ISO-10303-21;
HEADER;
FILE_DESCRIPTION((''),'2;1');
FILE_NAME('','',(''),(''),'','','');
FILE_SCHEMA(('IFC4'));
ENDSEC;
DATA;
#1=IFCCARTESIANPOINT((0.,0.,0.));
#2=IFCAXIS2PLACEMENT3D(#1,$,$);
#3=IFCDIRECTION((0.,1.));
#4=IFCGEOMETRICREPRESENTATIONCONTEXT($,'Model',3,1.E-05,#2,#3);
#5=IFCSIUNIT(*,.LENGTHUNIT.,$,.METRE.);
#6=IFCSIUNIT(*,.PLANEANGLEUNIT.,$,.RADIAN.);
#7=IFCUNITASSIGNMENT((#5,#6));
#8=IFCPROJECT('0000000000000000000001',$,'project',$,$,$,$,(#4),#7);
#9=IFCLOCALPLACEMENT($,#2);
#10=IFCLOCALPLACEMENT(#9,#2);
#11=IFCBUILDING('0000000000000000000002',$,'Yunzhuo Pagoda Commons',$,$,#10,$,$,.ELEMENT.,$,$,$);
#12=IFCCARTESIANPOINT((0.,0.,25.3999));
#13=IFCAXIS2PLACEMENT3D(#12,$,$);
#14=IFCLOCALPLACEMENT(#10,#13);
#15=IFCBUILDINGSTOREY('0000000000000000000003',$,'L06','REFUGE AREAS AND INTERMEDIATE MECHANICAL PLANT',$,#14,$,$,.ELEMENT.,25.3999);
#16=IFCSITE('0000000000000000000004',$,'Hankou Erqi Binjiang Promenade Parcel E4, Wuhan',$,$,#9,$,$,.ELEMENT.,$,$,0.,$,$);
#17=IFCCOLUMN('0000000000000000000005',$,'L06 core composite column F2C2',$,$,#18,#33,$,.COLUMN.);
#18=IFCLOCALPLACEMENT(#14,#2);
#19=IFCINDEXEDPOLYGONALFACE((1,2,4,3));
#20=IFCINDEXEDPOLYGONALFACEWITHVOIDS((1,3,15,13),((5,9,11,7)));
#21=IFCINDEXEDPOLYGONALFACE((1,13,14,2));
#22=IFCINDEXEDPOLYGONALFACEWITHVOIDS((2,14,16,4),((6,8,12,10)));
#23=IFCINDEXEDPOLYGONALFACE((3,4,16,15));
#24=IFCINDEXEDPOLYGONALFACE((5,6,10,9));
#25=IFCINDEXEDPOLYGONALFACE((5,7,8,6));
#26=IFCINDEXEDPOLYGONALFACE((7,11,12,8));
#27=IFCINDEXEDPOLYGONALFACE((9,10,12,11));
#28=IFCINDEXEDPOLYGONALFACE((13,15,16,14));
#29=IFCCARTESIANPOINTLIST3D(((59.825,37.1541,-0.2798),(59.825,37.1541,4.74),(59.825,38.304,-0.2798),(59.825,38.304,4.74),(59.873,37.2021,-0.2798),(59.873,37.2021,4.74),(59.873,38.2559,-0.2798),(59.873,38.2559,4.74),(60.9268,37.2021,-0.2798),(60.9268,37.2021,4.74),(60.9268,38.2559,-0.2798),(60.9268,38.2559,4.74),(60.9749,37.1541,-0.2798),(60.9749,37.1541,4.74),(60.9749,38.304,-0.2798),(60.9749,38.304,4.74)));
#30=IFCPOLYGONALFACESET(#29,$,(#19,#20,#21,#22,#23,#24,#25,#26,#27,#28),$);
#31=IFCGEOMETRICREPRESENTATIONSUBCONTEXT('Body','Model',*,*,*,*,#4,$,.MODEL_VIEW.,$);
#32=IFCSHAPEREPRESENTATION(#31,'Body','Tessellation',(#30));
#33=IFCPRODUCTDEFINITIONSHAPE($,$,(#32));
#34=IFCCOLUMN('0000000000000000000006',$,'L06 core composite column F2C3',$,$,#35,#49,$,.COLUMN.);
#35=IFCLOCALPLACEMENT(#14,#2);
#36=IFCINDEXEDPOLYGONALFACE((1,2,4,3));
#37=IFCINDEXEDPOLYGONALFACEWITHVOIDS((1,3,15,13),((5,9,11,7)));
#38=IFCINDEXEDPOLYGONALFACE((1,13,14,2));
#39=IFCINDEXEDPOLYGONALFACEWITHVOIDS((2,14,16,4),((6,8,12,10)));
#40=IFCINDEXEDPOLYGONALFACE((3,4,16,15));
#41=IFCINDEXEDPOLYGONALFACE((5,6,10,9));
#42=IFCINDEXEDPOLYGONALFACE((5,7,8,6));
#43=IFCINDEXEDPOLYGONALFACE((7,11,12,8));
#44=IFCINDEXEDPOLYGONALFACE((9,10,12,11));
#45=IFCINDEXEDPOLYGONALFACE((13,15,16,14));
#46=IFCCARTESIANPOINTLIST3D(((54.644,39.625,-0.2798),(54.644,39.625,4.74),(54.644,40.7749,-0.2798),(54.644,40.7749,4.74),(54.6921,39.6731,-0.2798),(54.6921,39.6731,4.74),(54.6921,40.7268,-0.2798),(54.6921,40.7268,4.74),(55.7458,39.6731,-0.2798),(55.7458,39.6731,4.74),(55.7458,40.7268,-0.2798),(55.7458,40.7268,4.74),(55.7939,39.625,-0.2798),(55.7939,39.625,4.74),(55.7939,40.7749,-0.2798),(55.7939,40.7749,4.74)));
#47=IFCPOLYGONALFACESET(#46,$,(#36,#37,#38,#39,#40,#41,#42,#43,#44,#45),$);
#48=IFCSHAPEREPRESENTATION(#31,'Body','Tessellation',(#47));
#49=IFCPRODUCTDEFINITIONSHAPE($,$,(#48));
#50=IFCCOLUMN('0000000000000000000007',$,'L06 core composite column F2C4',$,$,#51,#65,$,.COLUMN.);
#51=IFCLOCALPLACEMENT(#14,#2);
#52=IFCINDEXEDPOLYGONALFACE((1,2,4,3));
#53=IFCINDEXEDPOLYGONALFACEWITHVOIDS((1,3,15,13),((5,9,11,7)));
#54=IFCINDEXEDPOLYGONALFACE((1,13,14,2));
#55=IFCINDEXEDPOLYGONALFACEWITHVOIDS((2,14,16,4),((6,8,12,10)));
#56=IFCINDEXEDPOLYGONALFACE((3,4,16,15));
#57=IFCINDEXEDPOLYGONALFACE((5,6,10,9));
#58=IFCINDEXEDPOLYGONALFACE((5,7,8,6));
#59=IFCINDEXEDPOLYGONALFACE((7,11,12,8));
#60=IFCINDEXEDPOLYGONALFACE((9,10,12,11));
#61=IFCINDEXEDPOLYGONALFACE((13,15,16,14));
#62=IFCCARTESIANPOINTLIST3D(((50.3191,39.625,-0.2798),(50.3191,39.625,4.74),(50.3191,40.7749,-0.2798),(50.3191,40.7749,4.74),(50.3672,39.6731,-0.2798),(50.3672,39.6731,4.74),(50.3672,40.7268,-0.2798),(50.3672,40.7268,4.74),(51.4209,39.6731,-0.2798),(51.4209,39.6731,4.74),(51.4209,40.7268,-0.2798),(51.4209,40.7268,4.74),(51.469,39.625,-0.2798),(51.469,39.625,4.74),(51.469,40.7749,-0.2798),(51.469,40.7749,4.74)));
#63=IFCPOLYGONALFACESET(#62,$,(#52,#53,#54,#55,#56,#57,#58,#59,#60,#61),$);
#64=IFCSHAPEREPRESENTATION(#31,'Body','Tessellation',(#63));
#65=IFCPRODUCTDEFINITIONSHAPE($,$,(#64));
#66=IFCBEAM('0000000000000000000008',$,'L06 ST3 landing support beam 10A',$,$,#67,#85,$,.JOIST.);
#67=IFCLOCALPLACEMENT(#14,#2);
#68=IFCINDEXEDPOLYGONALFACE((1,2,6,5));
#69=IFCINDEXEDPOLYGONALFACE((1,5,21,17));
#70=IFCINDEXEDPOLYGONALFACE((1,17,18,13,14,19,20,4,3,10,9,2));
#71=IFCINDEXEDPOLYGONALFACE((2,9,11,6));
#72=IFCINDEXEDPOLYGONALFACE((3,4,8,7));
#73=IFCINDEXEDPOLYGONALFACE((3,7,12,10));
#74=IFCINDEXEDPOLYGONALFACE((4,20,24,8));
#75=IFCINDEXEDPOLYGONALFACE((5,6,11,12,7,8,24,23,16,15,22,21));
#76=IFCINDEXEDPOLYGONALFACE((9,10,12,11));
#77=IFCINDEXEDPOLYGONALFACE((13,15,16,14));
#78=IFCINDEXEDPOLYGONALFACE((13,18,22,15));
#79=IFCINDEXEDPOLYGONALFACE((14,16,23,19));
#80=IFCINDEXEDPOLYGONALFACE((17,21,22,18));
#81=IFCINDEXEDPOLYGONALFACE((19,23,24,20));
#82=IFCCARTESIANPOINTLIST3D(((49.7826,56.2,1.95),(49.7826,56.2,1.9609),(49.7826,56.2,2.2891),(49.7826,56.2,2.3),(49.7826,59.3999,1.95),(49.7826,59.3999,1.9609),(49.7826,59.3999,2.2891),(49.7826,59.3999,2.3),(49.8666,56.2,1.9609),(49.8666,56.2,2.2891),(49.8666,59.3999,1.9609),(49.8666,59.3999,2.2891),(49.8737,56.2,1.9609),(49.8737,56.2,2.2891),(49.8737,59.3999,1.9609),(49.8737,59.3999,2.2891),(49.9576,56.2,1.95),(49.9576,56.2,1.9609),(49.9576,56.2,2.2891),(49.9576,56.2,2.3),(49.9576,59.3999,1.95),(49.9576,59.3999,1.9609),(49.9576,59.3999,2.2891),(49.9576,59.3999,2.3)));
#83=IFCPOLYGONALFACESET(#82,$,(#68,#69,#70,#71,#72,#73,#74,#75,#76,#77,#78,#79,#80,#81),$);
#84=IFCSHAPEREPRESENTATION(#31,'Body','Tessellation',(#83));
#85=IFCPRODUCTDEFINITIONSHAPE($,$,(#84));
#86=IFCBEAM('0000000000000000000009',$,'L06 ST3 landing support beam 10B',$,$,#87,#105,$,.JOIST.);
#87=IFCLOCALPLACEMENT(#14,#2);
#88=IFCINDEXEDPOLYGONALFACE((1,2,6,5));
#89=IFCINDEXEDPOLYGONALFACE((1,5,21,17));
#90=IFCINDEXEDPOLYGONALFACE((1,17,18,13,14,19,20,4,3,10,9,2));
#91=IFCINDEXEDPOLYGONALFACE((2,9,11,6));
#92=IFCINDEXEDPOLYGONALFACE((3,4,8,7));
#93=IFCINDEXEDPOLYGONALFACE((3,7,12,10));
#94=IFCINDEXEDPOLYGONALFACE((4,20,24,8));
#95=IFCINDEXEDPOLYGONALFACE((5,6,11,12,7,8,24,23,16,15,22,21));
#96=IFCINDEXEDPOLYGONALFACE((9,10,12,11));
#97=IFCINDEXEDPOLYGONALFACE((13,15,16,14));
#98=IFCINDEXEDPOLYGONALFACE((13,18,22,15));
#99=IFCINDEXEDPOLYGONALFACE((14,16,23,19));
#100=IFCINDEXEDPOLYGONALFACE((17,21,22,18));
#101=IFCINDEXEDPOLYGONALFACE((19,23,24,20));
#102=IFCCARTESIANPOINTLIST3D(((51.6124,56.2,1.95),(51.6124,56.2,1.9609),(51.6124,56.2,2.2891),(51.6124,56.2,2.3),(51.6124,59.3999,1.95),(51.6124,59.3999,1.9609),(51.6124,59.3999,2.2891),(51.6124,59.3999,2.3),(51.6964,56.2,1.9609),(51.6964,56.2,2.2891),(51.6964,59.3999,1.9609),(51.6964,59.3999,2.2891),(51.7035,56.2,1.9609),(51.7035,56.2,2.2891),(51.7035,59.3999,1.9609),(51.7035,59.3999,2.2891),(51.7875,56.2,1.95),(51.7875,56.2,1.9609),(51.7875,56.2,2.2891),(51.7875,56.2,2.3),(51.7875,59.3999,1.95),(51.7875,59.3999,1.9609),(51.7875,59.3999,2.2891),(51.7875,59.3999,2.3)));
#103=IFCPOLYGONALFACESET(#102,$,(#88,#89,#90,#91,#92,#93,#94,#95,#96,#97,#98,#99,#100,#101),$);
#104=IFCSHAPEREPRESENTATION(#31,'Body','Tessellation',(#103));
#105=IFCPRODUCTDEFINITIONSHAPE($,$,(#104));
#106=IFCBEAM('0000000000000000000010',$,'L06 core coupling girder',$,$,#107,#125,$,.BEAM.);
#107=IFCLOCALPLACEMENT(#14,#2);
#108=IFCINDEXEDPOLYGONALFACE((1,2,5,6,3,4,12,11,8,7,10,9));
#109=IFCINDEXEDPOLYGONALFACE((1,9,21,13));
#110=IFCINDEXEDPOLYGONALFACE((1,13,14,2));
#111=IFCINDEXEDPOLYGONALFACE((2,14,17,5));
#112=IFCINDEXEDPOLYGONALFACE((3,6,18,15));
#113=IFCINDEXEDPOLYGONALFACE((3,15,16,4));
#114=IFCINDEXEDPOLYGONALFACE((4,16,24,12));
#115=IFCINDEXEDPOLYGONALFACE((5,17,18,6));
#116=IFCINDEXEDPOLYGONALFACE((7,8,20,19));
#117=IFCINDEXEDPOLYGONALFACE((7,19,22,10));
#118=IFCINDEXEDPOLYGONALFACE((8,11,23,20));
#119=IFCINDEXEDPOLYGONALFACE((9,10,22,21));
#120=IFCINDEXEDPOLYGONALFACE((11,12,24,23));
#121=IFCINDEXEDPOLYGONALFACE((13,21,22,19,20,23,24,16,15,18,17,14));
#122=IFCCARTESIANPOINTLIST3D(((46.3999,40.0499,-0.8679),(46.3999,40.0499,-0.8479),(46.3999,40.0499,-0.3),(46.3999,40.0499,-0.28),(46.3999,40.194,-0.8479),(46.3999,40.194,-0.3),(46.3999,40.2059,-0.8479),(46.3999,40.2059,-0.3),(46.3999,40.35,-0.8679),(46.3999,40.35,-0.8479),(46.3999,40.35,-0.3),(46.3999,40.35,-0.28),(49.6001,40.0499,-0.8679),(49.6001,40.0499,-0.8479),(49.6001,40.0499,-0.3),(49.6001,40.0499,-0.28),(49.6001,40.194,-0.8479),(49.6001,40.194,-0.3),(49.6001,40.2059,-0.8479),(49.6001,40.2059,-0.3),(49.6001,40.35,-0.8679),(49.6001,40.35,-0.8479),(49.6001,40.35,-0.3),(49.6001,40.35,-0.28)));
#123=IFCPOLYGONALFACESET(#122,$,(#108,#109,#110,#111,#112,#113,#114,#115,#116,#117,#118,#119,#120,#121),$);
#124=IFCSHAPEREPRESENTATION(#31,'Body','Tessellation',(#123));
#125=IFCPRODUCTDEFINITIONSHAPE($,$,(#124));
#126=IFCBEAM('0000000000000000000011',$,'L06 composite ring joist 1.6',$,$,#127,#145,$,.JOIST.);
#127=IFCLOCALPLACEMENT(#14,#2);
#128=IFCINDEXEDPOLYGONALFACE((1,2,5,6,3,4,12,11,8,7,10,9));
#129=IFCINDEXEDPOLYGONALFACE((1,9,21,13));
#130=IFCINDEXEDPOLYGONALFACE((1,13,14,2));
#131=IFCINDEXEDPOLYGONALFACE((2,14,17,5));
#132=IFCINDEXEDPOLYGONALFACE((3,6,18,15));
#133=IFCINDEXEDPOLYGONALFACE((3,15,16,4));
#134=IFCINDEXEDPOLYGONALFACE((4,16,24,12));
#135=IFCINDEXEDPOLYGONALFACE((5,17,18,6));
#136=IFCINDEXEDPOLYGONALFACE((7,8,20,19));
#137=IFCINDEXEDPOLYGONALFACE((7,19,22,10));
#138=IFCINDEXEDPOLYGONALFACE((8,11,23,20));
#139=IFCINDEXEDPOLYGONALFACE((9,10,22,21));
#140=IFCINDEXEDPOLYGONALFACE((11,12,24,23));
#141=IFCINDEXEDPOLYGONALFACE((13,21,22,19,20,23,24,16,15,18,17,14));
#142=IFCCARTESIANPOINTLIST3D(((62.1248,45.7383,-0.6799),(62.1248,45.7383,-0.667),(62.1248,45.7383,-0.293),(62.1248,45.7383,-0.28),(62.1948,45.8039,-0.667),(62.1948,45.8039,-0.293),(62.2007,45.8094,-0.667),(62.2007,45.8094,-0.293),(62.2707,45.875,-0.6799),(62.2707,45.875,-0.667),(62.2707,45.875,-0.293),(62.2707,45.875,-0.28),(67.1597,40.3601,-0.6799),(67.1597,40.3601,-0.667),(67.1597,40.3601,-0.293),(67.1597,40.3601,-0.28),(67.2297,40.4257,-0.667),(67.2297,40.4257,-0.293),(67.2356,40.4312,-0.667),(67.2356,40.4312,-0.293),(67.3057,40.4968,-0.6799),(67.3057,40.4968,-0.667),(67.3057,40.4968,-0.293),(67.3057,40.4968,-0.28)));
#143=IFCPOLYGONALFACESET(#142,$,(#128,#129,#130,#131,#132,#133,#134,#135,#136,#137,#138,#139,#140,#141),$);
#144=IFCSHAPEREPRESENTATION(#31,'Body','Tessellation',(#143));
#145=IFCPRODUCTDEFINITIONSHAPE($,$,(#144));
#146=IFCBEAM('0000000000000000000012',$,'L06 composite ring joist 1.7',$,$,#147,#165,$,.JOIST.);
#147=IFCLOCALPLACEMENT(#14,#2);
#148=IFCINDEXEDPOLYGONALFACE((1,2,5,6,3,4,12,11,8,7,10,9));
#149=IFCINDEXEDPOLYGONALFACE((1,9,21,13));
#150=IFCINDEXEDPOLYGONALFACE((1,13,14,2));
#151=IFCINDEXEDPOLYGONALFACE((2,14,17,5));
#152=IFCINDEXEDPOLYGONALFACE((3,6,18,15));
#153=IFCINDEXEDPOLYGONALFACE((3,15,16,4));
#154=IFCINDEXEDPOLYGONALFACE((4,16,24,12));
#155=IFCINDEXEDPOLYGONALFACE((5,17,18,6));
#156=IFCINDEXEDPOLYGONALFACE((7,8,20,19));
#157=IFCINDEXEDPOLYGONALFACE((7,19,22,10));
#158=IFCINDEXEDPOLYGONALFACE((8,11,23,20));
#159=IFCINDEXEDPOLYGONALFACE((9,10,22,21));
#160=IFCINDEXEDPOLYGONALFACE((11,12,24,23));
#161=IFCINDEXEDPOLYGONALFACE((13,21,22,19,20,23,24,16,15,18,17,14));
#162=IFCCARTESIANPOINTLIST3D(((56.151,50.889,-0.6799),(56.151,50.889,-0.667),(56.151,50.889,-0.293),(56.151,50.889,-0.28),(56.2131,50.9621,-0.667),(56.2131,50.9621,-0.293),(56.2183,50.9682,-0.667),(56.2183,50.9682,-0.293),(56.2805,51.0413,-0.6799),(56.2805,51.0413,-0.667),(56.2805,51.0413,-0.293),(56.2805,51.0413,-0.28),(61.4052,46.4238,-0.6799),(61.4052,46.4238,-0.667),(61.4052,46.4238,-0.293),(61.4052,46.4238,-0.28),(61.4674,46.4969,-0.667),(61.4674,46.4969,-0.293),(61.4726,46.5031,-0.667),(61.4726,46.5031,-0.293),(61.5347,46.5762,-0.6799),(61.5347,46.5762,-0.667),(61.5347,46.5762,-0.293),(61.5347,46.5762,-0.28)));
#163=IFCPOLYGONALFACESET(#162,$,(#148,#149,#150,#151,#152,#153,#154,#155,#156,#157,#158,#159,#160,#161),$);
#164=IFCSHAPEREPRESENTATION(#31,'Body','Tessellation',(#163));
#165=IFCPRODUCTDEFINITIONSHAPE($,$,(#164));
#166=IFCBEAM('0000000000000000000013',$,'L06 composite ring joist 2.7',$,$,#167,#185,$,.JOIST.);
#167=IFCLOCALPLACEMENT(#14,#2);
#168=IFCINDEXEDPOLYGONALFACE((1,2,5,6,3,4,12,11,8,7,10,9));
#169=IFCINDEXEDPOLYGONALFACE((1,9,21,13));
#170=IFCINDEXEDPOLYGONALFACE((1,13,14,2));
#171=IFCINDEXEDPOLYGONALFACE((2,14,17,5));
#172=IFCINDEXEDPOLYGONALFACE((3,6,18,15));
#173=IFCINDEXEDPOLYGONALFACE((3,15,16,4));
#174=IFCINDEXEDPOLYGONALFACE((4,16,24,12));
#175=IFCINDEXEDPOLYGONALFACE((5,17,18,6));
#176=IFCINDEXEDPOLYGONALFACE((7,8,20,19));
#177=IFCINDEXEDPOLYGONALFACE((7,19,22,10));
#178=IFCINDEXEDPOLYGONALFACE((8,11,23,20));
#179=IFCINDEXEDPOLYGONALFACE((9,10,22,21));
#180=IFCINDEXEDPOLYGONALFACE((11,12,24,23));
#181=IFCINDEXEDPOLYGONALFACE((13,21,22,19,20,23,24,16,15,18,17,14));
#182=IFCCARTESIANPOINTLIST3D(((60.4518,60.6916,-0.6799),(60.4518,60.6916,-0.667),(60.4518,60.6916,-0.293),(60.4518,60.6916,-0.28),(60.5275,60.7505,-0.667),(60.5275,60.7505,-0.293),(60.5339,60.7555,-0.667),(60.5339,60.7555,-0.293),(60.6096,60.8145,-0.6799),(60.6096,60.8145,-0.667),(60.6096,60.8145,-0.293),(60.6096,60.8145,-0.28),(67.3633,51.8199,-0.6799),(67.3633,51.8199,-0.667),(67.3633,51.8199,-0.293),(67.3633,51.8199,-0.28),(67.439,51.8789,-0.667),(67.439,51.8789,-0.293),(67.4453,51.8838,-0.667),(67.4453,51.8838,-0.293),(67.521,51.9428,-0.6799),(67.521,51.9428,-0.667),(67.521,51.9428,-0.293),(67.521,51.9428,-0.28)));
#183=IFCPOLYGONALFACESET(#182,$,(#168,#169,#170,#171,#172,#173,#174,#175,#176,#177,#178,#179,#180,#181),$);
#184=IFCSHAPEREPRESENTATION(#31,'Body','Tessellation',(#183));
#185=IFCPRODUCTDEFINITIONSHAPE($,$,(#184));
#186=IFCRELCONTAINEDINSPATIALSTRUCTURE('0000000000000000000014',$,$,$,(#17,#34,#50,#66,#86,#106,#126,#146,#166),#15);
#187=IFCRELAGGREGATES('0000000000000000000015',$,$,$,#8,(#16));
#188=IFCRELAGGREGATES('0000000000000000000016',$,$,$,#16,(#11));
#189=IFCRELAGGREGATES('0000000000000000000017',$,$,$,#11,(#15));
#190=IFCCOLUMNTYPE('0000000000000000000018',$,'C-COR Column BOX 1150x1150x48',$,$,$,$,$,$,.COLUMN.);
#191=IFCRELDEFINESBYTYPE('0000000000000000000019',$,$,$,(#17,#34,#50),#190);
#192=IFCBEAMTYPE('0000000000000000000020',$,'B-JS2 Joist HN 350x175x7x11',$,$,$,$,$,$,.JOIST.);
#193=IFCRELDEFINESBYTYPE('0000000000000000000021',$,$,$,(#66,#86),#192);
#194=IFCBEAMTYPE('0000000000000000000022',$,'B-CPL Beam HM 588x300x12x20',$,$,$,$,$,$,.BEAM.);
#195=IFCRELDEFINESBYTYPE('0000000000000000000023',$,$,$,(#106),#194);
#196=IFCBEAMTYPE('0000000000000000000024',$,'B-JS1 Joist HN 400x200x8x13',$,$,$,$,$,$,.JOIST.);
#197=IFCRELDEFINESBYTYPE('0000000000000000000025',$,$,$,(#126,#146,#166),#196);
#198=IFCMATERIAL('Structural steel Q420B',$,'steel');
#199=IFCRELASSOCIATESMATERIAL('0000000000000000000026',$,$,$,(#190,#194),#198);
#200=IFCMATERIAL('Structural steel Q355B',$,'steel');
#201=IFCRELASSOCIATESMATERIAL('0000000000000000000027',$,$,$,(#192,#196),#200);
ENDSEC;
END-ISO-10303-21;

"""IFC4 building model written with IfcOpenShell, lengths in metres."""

from ifc_helpers import new_model, si_unit, direction, frame, origin, origin_2d, place, context, subcontext, project, spatial, hollow_rectangle, i_section, extrude, source, transform, mapped, material, material_profile, profile_set, type_object, element, save


model = new_model("IFC4")

# Units and contexts
model_context = context("Model", 3, precision=1e-05, world=origin(), true_north=direction((0.0, 1.0)))
body_context = subcontext(model_context, "Body", "Model", "MODEL_VIEW")
ifc_project = project(units=[si_unit("LENGTHUNIT", "METRE"), si_unit("PLANEANGLEUNIT", "RADIAN")], contexts=[model_context])

# Site, building, storey
site_placement = place(None, origin())
site = spatial("IfcSite", under=ifc_project, at=site_placement, Name="Hankou Erqi Binjiang Promenade Parcel E4, Wuhan", CompositionType="ELEMENT", RefElevation=0.0)
building_placement = place(site_placement, origin())
building = spatial("IfcBuilding", under=site, at=building_placement, Name="Yunzhuo Pagoda Commons", CompositionType="ELEMENT")
storey_placement = place(building_placement, frame((0.0, 0.0, 25.3999)))
storey = spatial("IfcBuildingStorey", under=building, at=storey_placement, Name="L06", Description="REFUGE AREAS AND INTERMEDIATE MECHANICAL PLANT", CompositionType="ELEMENT", Elevation=25.3999)

# Columns
ifc_material_1 = material(Name="Structural steel Q420B", Category="steel")
ifc_material_profile_1 = material_profile(ifc_material_1, hollow_rectangle(XDim=1.1499, YDim=1.1499, WallThickness=0.0481, at=origin_2d()), Name="Structural steel Q420B")
ifc_profile_set_1 = profile_set([ifc_material_profile_1], Name="Structural steel Q420B")
column_type = type_object("IfcColumnType", Name="C-COR Column BOX 1150x1150x48", PredefinedType="COLUMN", material=ifc_profile_set_1)
shared_shape_1 = source(origin(), body_context, "Body", "SweptSolid", [
    extrude(hollow_rectangle(XDim=1.1499, YDim=1.1499, WallThickness=0.0481, at=origin_2d()), origin(), (0.0, 0.0, 1.0), 5.0198),
])
for number, where, z_axis, x_axis, name in (
    (1, (60.3999, 37.729, -0.2798), (0.0, 0.0, 1.0), (1.0, 0.0, 0.0), "L06 core composite column F2C2"),
    (2, (55.219, 40.2, -0.2798), (0.0, 0.0, 1.0), (1.0, 0.0, 0.0), "L06 core composite column F2C3"),
    (3, (50.894, 40.2, -0.2798), (0.0, 0.0, 1.0), (1.0, 0.0, 0.0), "L06 core composite column F2C4"),
):
    element("IfcColumn", number, at=place(storey_placement, frame(where, z_axis=z_axis, x_axis=x_axis)), inside=storey, type_object=column_type, Name=name, PredefinedType="COLUMN", context=body_context, shape_type="MappedRepresentation", body=[
        mapped(shared_shape_1, transform((0.0, 0.0, 0.0), scale=1.0)),
    ])

# Beams
ifc_material_2 = material(Name="Structural steel Q355B", Category="steel")
ifc_material_profile_2 = material_profile(ifc_material_2, i_section(OverallWidth=0.175, OverallDepth=0.3501, WebThickness=0.0071, FlangeThickness=0.011, at=origin_2d()), Name="Structural steel Q355B")
ifc_profile_set_2 = profile_set([ifc_material_profile_2], Name="Structural steel Q355B")
beam_type_1 = type_object("IfcBeamType", Name="B-JS2 Joist HN 350x175x7x11", PredefinedType="JOIST", material=ifc_profile_set_2)
shared_shape_2 = source(origin(), body_context, "Body", "SweptSolid", [
    extrude(i_section(OverallWidth=0.175, OverallDepth=0.3501, WebThickness=0.0071, FlangeThickness=0.011, at=origin_2d()), origin(), (0.0, 0.0, 1.0), 3.2),
])
for number, where, z_axis, x_axis, name in (
    (4, (49.8701, 56.2, 2.125), (0.0, 1.0, 0.0), (-1.0, 0.0, 0.0), "L06 ST3 landing support beam 10A"),
    (5, (51.7, 56.2, 2.125), (0.0, 1.0, 0.0), (-1.0, 0.0, 0.0), "L06 ST3 landing support beam 10B"),
):
    element("IfcBeam", number, at=place(storey_placement, frame(where, z_axis=z_axis, x_axis=x_axis)), inside=storey, type_object=beam_type_1, Name=name, PredefinedType="JOIST", context=body_context, shape_type="MappedRepresentation", body=[
        mapped(shared_shape_2, transform((0.0, 0.0, 0.0), scale=1.0)),
    ])
ifc_material_profile_3 = material_profile(ifc_material_1, i_section(OverallWidth=0.3, OverallDepth=0.5879, WebThickness=0.012, FlangeThickness=0.02, at=origin_2d()), Name="Structural steel Q420B")
ifc_profile_set_3 = profile_set([ifc_material_profile_3], Name="Structural steel Q420B")
beam_type_2 = type_object("IfcBeamType", Name="B-CPL Beam HM 588x300x12x20", PredefinedType="BEAM", material=ifc_profile_set_3)
shared_shape_3 = source(origin(), body_context, "Body", "SweptSolid", [
    extrude(i_section(OverallWidth=0.3, OverallDepth=0.5879, WebThickness=0.012, FlangeThickness=0.02, at=origin_2d()), origin(), (0.0, 0.0, 1.0), 3.2002),
])
beam_1_placement = place(storey_placement, frame((46.3999, 40.2, -0.574), z_axis=(1.0, 0.0, 0.0), x_axis=(0.0, 1.0, 0.0)))
element("IfcBeam", 6, at=beam_1_placement, inside=storey, type_object=beam_type_2, Name="L06 core coupling girder", PredefinedType="BEAM", context=body_context, shape_type="MappedRepresentation", body=[
    mapped(shared_shape_3, transform((0.0, 0.0, 0.0), scale=1.0)),
])
ifc_material_profile_4 = material_profile(ifc_material_2, i_section(OverallWidth=0.2, OverallDepth=0.3999, WebThickness=0.0081, FlangeThickness=0.0129, at=origin_2d()), Name="Structural steel Q355B")
ifc_profile_set_4 = profile_set([ifc_material_profile_4], Name="Structural steel Q355B")
beam_type_3 = type_object("IfcBeamType", Name="B-JS1 Joist HN 400x200x8x13", PredefinedType="JOIST", material=ifc_profile_set_4)
shared_shape_4 = source(origin(), body_context, "Body", "SweptSolid", [
    extrude(i_section(OverallWidth=0.2, OverallDepth=0.3999, WebThickness=0.0081, FlangeThickness=0.0129, at=origin_2d()), origin(), (0.0, 0.0, 1.0), 7.3672),
])
beam_2_placement = place(storey_placement, frame((67.2327, 40.4285, -0.48), z_axis=(-0.683426, 0.73002, 0.0), x_axis=(-0.73002, -0.683426, 0.0)))
element("IfcBeam", 7, at=beam_2_placement, inside=storey, type_object=beam_type_3, Name="L06 composite ring joist 1.6", PredefinedType="JOIST", context=body_context, shape_type="MappedRepresentation", body=[
    mapped(shared_shape_4, transform((0.0, 0.0, 0.0), scale=1.0)),
])
shared_shape_5 = source(origin(), body_context, "Body", "SweptSolid", [
    extrude(i_section(OverallWidth=0.2, OverallDepth=0.3999, WebThickness=0.0081, FlangeThickness=0.0129, at=origin_2d()), origin(), (0.0, 0.0, 1.0), 6.8953),
])
beam_3_placement = place(storey_placement, frame((61.47, 46.5, -0.48), z_axis=(-0.762007, 0.647569, 0.0), x_axis=(-0.647569, -0.762007, 0.0)))
element("IfcBeam", 8, at=beam_3_placement, inside=storey, type_object=beam_type_3, Name="L06 composite ring joist 1.7", PredefinedType="JOIST", context=body_context, shape_type="MappedRepresentation", body=[
    mapped(shared_shape_5, transform((0.0, 0.0, 0.0), scale=1.0)),
])
shared_shape_6 = source(origin(), body_context, "Body", "SweptSolid", [
    extrude(i_section(OverallWidth=0.2, OverallDepth=0.3999, WebThickness=0.0081, FlangeThickness=0.0129, at=origin_2d()), origin(), (0.0, 0.0, 1.0), 11.2461),
])
beam_4_placement = place(storey_placement, frame((67.4421, 51.8813, -0.48), z_axis=(-0.614564, 0.788867, 0.0), x_axis=(-0.788867, -0.614564, 0.0)))
element("IfcBeam", 9, at=beam_4_placement, inside=storey, type_object=beam_type_3, Name="L06 composite ring joist 2.7", PredefinedType="JOIST", context=body_context, shape_type="MappedRepresentation", body=[
    mapped(shared_shape_6, transform((0.0, 0.0, 0.0), scale=1.0)),
])

save(model, "model.ifc")
